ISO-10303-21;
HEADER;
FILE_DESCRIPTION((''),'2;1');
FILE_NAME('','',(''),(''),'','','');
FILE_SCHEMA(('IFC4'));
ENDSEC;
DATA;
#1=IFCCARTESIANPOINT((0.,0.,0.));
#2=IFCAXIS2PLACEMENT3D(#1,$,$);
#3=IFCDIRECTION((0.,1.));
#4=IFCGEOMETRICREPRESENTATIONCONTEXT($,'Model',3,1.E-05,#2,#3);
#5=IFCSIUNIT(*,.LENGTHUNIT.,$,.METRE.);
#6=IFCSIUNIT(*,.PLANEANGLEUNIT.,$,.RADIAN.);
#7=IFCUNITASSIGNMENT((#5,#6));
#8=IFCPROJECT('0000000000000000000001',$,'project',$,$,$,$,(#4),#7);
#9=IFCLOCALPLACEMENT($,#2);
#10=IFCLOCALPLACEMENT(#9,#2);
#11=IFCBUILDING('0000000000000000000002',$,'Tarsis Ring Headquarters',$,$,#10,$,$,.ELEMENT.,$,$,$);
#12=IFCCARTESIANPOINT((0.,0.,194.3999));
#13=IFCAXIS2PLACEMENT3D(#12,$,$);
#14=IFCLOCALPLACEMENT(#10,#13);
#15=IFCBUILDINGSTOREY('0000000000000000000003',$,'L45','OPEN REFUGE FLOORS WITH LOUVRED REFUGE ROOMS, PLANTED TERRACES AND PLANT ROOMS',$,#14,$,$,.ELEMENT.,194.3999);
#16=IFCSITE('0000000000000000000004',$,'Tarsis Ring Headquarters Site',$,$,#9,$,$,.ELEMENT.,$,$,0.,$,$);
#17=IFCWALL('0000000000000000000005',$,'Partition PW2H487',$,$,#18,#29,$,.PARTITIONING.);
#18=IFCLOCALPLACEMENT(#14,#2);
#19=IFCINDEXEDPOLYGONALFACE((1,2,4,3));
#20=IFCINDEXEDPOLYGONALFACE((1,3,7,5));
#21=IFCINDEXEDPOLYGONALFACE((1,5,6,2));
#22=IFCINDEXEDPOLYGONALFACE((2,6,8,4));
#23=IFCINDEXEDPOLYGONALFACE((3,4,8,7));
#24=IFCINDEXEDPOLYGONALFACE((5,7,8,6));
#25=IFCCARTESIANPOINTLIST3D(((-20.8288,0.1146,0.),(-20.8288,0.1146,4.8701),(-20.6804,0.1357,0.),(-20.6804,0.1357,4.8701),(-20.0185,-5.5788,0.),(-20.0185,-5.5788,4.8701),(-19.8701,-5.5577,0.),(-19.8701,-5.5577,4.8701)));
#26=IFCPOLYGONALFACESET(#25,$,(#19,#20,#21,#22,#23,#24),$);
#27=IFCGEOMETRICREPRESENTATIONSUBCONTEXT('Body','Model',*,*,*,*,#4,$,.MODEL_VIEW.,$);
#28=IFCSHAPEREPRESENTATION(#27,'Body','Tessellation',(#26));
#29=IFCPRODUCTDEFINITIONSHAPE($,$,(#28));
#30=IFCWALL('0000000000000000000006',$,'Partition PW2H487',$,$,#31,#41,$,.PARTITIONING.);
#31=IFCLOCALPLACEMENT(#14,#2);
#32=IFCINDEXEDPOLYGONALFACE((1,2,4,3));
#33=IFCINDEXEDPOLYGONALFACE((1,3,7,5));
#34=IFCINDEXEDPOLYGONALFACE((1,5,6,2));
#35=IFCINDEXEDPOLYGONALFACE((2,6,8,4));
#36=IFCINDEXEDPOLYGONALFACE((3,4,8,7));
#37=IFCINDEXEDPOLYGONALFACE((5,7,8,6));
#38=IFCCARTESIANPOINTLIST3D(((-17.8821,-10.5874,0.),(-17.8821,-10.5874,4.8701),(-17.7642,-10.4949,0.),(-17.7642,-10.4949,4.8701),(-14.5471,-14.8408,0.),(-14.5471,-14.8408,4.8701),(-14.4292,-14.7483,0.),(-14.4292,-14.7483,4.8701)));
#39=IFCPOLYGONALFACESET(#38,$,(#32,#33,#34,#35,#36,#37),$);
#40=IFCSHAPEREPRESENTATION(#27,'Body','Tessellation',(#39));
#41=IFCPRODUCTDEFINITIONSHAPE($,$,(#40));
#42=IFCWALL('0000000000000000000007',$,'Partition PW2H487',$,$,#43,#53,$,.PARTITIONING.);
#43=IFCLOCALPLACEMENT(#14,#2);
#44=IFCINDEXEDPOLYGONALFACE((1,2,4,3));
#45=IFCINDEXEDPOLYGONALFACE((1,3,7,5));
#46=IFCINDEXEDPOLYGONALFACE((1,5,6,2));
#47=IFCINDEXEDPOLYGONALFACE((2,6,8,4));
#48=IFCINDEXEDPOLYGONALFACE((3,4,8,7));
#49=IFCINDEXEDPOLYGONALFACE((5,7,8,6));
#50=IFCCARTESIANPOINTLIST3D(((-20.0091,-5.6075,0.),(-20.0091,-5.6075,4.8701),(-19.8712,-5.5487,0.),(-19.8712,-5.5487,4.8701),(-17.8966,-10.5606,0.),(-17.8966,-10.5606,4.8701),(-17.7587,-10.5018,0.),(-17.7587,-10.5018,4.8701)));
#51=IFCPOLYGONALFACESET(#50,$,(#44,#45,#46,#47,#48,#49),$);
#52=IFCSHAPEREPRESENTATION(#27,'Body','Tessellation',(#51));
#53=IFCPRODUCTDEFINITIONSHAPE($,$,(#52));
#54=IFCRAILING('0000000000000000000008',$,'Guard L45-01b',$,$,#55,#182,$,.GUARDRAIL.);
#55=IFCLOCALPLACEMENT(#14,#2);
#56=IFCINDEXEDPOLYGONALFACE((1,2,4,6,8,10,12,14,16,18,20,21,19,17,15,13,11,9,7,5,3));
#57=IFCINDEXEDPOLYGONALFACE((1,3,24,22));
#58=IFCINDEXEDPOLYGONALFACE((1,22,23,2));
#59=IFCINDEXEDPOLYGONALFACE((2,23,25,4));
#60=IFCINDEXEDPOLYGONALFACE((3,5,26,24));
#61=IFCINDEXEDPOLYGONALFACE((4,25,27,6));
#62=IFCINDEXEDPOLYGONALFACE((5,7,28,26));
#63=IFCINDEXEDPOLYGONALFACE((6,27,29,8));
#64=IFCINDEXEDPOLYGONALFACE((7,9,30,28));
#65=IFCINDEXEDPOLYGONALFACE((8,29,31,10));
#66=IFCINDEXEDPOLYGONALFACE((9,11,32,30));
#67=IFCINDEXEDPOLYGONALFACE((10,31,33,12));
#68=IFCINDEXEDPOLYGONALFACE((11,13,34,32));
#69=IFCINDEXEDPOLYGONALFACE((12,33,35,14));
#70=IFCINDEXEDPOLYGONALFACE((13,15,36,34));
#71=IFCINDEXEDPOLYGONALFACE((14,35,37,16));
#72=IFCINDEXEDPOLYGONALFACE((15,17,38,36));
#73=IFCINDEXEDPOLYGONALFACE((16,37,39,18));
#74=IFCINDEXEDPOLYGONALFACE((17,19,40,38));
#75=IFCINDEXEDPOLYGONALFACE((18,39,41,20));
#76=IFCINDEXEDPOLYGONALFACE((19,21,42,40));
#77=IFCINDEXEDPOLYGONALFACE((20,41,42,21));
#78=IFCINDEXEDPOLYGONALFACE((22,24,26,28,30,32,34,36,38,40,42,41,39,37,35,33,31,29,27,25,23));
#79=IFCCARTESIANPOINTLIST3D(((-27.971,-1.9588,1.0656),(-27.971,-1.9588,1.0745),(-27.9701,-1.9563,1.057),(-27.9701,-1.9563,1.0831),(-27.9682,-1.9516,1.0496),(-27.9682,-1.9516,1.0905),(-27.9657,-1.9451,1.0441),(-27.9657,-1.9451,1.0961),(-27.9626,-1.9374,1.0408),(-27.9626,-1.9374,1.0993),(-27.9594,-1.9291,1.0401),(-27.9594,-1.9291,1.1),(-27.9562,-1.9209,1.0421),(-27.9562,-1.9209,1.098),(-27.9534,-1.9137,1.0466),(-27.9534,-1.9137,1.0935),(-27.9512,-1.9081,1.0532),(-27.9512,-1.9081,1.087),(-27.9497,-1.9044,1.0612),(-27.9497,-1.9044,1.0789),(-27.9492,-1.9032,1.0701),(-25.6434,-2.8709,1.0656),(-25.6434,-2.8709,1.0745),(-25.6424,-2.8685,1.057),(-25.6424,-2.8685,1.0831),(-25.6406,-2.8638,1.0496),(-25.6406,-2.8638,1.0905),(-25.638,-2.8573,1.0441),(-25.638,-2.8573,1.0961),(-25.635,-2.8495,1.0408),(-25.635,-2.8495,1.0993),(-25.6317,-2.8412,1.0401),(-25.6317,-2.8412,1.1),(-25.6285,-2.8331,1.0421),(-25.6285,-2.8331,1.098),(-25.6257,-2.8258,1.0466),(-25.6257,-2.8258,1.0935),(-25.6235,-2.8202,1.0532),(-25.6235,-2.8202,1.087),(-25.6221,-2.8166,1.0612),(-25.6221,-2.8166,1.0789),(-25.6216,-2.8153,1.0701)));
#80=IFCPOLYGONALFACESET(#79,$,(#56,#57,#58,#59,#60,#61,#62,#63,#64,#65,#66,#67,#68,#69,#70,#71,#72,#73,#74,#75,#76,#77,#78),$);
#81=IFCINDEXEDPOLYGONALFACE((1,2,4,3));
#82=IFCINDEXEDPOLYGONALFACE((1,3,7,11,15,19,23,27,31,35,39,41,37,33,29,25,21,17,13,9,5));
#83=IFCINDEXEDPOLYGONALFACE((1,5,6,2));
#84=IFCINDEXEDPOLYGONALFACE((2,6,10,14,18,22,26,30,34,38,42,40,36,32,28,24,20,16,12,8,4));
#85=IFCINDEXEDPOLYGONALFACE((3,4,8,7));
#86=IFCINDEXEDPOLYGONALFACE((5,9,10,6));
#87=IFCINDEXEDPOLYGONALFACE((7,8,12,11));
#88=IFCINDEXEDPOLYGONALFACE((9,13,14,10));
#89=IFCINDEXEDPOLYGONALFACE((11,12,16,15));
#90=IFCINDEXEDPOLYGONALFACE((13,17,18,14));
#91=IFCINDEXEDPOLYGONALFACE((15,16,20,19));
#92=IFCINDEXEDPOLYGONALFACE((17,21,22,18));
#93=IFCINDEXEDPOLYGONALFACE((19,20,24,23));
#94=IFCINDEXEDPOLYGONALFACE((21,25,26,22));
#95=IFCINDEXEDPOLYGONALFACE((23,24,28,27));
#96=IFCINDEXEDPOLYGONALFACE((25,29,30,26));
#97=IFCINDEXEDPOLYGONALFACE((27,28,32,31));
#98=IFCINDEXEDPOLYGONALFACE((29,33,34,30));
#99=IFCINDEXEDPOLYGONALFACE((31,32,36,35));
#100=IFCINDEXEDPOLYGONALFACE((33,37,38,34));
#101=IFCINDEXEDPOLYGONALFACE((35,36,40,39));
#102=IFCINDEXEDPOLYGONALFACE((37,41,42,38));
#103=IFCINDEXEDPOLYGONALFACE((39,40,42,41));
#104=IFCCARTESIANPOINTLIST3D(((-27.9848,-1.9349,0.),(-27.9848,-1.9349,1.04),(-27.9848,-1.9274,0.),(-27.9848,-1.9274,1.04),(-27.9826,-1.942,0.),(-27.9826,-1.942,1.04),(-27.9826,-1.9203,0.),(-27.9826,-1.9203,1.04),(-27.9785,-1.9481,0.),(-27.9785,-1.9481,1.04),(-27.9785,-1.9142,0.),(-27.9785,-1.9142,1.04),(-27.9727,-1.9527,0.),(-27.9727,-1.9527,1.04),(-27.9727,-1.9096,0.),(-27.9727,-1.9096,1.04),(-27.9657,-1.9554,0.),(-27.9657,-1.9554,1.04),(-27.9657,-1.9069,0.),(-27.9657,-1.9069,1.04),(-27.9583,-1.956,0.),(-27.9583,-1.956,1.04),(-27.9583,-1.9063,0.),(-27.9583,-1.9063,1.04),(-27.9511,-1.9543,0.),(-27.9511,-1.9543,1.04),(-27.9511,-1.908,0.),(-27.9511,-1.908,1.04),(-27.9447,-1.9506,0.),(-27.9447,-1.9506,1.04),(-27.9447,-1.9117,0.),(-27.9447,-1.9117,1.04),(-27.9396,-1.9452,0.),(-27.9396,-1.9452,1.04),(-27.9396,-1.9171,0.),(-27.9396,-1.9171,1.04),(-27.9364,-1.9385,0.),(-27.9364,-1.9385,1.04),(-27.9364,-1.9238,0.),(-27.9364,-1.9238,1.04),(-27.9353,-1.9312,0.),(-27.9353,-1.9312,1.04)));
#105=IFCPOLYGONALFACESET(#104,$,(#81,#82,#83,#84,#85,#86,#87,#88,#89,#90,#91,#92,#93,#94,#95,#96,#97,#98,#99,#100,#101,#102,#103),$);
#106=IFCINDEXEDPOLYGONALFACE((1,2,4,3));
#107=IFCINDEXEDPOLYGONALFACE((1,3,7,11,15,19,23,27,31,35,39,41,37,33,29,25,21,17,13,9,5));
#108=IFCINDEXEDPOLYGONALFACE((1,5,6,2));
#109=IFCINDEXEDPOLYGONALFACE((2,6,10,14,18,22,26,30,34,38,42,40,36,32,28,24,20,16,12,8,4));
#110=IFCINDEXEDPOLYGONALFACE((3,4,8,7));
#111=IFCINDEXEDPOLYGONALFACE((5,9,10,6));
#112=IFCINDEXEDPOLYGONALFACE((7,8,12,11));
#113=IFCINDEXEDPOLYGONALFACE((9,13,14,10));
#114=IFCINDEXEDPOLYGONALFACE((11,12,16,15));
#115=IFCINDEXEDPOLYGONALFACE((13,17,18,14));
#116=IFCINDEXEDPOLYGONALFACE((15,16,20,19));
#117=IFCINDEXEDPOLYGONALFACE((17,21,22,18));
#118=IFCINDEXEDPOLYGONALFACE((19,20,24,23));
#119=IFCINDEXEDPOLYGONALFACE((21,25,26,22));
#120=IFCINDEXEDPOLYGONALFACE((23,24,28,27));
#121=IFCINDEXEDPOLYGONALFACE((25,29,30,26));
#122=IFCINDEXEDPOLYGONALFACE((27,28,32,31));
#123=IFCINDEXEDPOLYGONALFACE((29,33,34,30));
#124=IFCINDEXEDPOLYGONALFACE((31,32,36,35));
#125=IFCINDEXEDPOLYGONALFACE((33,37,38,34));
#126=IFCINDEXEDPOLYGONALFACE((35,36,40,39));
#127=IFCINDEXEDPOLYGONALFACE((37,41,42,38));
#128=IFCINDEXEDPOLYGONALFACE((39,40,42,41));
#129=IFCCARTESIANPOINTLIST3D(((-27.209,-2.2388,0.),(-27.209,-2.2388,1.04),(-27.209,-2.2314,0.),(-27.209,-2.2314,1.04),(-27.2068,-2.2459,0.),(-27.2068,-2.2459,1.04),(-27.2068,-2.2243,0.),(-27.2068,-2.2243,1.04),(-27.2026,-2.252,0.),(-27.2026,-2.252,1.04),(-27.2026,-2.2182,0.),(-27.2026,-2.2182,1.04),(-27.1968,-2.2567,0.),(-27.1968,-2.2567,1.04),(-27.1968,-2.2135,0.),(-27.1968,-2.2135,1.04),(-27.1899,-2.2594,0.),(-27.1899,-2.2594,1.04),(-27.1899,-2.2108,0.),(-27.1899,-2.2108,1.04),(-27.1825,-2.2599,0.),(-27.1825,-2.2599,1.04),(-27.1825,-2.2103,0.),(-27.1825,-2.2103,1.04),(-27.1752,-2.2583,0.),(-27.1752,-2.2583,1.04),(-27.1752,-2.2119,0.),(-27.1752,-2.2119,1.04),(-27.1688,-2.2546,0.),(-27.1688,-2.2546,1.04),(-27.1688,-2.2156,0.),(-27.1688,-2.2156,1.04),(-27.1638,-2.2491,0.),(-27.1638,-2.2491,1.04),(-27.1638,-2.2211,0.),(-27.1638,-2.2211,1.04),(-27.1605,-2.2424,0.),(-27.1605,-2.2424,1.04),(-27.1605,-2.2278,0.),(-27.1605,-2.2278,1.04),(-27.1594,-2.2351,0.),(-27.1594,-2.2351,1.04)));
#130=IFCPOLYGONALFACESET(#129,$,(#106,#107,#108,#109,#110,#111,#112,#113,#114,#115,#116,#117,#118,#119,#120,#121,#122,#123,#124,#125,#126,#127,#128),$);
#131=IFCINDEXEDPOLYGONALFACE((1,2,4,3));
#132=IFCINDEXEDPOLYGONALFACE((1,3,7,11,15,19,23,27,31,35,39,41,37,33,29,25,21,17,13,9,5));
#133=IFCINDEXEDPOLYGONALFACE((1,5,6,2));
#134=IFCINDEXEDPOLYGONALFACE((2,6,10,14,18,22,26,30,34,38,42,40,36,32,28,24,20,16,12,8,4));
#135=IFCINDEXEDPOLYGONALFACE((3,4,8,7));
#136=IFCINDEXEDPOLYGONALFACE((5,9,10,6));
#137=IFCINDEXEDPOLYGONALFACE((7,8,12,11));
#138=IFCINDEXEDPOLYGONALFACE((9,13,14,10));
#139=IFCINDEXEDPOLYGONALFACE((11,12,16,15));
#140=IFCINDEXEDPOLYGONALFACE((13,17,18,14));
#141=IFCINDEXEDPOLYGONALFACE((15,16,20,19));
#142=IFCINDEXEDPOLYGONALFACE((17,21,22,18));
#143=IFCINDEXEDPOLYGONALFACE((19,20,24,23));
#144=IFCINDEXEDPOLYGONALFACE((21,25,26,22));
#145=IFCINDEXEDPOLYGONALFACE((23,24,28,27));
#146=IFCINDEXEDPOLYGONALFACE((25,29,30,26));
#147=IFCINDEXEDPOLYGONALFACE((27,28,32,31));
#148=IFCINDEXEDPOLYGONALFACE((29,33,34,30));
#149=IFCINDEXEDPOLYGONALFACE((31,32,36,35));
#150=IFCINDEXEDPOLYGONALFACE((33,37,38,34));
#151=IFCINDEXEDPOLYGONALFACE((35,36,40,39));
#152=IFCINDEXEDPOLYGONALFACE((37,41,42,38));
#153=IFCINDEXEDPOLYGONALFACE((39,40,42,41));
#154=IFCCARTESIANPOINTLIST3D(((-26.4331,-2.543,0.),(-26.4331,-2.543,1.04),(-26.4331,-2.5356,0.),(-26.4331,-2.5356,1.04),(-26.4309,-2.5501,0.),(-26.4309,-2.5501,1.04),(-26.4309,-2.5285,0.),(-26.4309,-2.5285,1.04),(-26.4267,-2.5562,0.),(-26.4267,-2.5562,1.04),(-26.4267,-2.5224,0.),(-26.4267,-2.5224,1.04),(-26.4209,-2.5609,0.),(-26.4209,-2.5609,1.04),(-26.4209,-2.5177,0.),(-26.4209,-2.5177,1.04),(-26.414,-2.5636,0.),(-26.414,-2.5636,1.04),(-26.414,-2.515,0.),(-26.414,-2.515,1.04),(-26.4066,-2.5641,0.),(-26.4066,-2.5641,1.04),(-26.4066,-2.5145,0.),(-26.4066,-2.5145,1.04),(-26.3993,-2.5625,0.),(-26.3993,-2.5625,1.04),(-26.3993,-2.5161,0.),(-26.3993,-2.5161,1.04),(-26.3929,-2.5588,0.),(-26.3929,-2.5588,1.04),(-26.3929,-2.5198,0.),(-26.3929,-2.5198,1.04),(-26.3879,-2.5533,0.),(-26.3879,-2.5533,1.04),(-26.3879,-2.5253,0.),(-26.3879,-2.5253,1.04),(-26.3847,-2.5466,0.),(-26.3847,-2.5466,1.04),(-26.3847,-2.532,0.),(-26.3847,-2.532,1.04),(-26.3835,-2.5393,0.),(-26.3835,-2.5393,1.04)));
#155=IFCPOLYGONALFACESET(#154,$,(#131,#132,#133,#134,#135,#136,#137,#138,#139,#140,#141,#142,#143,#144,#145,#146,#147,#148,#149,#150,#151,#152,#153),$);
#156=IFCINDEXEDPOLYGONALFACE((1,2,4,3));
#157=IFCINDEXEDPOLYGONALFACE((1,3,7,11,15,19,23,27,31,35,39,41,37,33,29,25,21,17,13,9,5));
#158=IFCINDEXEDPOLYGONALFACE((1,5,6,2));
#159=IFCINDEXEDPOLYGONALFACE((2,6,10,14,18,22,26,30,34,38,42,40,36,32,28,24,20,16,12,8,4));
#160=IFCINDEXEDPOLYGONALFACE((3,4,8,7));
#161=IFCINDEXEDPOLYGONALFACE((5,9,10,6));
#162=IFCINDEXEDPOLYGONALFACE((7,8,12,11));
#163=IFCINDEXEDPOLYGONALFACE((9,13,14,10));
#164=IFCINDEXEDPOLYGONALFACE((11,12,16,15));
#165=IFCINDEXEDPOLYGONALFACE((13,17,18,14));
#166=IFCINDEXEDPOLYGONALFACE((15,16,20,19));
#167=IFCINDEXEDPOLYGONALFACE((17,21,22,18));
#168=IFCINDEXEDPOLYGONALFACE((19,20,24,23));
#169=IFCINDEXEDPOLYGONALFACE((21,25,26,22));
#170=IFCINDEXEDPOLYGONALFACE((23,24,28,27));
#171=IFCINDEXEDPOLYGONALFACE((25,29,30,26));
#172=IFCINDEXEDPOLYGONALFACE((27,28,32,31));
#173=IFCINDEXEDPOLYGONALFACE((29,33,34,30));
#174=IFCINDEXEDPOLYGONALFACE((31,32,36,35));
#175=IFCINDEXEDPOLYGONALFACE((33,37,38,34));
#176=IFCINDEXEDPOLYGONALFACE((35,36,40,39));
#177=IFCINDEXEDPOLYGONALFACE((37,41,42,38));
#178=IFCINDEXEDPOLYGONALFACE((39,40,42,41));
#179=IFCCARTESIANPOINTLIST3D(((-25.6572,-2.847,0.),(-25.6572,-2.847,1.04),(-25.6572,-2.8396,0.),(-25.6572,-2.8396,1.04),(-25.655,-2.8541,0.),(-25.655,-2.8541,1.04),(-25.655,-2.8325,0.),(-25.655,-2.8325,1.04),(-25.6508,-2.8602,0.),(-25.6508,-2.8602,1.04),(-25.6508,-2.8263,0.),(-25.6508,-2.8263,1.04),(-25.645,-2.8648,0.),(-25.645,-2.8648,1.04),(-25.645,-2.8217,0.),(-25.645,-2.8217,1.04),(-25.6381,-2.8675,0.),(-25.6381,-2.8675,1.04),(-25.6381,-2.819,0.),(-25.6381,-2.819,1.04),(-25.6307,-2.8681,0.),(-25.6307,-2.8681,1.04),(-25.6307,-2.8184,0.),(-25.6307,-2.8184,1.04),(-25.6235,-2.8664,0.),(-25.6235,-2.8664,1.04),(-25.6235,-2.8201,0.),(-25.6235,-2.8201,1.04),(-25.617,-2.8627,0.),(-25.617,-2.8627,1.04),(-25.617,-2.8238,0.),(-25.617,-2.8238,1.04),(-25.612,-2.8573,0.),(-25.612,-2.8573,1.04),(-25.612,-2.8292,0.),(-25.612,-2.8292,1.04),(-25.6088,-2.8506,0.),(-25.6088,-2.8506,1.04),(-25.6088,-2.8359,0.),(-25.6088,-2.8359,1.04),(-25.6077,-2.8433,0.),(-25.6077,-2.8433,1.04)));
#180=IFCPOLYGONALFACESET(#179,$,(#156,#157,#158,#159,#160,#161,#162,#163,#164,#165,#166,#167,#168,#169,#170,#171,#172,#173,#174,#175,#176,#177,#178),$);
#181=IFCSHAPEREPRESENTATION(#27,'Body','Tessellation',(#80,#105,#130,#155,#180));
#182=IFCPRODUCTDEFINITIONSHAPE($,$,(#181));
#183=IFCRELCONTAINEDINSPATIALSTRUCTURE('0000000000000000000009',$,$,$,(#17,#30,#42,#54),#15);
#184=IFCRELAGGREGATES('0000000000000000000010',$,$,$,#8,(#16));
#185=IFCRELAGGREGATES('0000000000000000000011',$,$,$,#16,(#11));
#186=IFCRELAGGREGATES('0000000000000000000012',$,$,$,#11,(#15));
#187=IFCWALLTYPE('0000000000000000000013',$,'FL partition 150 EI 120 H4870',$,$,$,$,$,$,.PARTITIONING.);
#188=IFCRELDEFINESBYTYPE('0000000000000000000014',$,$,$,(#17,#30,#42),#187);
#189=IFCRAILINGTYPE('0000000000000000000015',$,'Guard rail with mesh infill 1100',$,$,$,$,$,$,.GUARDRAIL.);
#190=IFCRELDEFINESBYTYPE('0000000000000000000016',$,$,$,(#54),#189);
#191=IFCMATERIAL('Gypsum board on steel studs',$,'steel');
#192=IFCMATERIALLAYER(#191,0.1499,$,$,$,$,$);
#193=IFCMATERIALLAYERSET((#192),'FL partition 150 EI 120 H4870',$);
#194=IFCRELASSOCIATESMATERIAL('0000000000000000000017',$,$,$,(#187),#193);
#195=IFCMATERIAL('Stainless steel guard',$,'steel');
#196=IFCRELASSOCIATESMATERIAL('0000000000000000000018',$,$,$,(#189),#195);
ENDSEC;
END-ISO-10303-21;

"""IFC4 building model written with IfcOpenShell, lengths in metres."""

from ifc_helpers import new_model, si_unit, direction, frame, frame_2d, origin, origin_2d, place, context, subcontext, project, spatial, rectangle, circle, extrude, material, layer, layer_set, type_object, element, save


model = new_model("IFC4")

# Units and contexts
model_context = context("Model", 3, precision=1e-05, world=origin(), true_north=direction((0.0, 1.0)))
body_context = subcontext(model_context, "Body", "Model", "MODEL_VIEW")
ifc_project = project(units=[si_unit("LENGTHUNIT", "METRE"), si_unit("PLANEANGLEUNIT", "RADIAN")], contexts=[model_context])

# Site, building, storey
site_placement = place(None, origin())
site = spatial("IfcSite", under=ifc_project, at=site_placement, Name="Tarsis Ring Headquarters Site", CompositionType="ELEMENT", RefElevation=0.0)
building_placement = place(site_placement, origin())
building = spatial("IfcBuilding", under=site, at=building_placement, Name="Tarsis Ring Headquarters", CompositionType="ELEMENT")
storey_placement = place(building_placement, frame((0.0, 0.0, 194.3999)))
storey = spatial("IfcBuildingStorey", under=building, at=storey_placement, Name="L45", Description="OPEN REFUGE FLOORS WITH LOUVRED REFUGE ROOMS, PLANTED TERRACES AND PLANT ROOMS", CompositionType="ELEMENT", Elevation=194.3999)

# Walls
ifc_material_1 = material(Name="Gypsum board on steel studs", Category="steel")
ifc_layer = layer(ifc_material_1, 0.1499)
ifc_layer_set = layer_set([ifc_layer], Name="FL partition 150 EI 120 H4870")
wall_type = type_object("IfcWallType", Name="FL partition 150 EI 120 H4870", PredefinedType="PARTITIONING", material=ifc_layer_set)
wall_1_placement = place(storey_placement, frame((-20.7546, 0.1252, 0.0), z_axis=(0.0, 0.0, 1.0), x_axis=(0.140904, -0.990023, 0.0)))
element("IfcWall", 1, at=wall_1_placement, inside=storey, type_object=wall_type, Name="Partition PW2H487", PredefinedType="PARTITIONING", context=body_context, shape_type="SweptSolid", body=[
    extrude(rectangle(XDim=5.7507, YDim=0.1499, at=frame_2d((2.8755, 0.0))), origin(), (0.0, 0.0, 1.0), 4.8701),
])
wall_2_placement = place(storey_placement, frame((-17.8232, -10.541, 0.0), z_axis=(0.0, 0.0, 1.0), x_axis=(0.617019, -0.786948, 0.0)))
element("IfcWall", 2, at=wall_2_placement, inside=storey, type_object=wall_type, Name="Partition PW2H487", PredefinedType="PARTITIONING", context=body_context, shape_type="SweptSolid", body=[
    extrude(rectangle(XDim=5.405, YDim=0.1499, at=frame_2d((2.7026, 0.0))), origin(), (0.0, 0.0, 1.0), 4.8701),
])
wall_3_placement = place(storey_placement, frame((-19.9402, -5.5781, 0.0), z_axis=(0.0, 0.0, 1.0), x_axis=(0.392315, -0.919831, 0.0)))
element("IfcWall", 3, at=wall_3_placement, inside=storey, type_object=wall_type, Name="Partition PW2H487", PredefinedType="PARTITIONING", context=body_context, shape_type="SweptSolid", body=[
    extrude(rectangle(XDim=5.3848, YDim=0.1499, at=frame_2d((2.6924, 0.0))), origin(), (0.0, 0.0, 1.0), 4.8701),
])

# Railing
ifc_material_2 = material(Name="Stainless steel guard", Category="steel")
railing_type = type_object("IfcRailingType", Name="Guard rail with mesh infill 1100", PredefinedType="GUARDRAIL", material=ifc_material_2)
railing_1_placement = place(storey_placement, frame((-27.9602, -1.9312, 0.0)))
element("IfcRailing", 4, at=railing_1_placement, inside=storey, type_object=railing_type, Name="Guard L45-01b", PredefinedType="GUARDRAIL", context=body_context, shape_type="SweptSolid", body=[
    extrude(circle(Radius=0.03, at=origin_2d()), frame((0.0, 0.0, 1.0701), z_axis=(0.931067, -0.364849, 0.0), x_axis=(0.364849, 0.931067, 0.0)), (0.0, 0.0, 1.0), 2.5),
    extrude(circle(Radius=0.0249, at=origin_2d()), origin(), (0.0, 0.0, 1.0), 1.04),
    extrude(circle(Radius=0.0249, at=origin_2d()), frame((0.7759, -0.304, 0.0)), (0.0, 0.0, 1.0), 1.04),
    extrude(circle(Radius=0.0249, at=origin_2d()), frame((1.5518, -0.6082, 0.0)), (0.0, 0.0, 1.0), 1.04),
    extrude(circle(Radius=0.0249, at=origin_2d()), frame((2.3276, -0.9121, 0.0)), (0.0, 0.0, 1.0), 1.04),
])

save(model, "model.ifc")
